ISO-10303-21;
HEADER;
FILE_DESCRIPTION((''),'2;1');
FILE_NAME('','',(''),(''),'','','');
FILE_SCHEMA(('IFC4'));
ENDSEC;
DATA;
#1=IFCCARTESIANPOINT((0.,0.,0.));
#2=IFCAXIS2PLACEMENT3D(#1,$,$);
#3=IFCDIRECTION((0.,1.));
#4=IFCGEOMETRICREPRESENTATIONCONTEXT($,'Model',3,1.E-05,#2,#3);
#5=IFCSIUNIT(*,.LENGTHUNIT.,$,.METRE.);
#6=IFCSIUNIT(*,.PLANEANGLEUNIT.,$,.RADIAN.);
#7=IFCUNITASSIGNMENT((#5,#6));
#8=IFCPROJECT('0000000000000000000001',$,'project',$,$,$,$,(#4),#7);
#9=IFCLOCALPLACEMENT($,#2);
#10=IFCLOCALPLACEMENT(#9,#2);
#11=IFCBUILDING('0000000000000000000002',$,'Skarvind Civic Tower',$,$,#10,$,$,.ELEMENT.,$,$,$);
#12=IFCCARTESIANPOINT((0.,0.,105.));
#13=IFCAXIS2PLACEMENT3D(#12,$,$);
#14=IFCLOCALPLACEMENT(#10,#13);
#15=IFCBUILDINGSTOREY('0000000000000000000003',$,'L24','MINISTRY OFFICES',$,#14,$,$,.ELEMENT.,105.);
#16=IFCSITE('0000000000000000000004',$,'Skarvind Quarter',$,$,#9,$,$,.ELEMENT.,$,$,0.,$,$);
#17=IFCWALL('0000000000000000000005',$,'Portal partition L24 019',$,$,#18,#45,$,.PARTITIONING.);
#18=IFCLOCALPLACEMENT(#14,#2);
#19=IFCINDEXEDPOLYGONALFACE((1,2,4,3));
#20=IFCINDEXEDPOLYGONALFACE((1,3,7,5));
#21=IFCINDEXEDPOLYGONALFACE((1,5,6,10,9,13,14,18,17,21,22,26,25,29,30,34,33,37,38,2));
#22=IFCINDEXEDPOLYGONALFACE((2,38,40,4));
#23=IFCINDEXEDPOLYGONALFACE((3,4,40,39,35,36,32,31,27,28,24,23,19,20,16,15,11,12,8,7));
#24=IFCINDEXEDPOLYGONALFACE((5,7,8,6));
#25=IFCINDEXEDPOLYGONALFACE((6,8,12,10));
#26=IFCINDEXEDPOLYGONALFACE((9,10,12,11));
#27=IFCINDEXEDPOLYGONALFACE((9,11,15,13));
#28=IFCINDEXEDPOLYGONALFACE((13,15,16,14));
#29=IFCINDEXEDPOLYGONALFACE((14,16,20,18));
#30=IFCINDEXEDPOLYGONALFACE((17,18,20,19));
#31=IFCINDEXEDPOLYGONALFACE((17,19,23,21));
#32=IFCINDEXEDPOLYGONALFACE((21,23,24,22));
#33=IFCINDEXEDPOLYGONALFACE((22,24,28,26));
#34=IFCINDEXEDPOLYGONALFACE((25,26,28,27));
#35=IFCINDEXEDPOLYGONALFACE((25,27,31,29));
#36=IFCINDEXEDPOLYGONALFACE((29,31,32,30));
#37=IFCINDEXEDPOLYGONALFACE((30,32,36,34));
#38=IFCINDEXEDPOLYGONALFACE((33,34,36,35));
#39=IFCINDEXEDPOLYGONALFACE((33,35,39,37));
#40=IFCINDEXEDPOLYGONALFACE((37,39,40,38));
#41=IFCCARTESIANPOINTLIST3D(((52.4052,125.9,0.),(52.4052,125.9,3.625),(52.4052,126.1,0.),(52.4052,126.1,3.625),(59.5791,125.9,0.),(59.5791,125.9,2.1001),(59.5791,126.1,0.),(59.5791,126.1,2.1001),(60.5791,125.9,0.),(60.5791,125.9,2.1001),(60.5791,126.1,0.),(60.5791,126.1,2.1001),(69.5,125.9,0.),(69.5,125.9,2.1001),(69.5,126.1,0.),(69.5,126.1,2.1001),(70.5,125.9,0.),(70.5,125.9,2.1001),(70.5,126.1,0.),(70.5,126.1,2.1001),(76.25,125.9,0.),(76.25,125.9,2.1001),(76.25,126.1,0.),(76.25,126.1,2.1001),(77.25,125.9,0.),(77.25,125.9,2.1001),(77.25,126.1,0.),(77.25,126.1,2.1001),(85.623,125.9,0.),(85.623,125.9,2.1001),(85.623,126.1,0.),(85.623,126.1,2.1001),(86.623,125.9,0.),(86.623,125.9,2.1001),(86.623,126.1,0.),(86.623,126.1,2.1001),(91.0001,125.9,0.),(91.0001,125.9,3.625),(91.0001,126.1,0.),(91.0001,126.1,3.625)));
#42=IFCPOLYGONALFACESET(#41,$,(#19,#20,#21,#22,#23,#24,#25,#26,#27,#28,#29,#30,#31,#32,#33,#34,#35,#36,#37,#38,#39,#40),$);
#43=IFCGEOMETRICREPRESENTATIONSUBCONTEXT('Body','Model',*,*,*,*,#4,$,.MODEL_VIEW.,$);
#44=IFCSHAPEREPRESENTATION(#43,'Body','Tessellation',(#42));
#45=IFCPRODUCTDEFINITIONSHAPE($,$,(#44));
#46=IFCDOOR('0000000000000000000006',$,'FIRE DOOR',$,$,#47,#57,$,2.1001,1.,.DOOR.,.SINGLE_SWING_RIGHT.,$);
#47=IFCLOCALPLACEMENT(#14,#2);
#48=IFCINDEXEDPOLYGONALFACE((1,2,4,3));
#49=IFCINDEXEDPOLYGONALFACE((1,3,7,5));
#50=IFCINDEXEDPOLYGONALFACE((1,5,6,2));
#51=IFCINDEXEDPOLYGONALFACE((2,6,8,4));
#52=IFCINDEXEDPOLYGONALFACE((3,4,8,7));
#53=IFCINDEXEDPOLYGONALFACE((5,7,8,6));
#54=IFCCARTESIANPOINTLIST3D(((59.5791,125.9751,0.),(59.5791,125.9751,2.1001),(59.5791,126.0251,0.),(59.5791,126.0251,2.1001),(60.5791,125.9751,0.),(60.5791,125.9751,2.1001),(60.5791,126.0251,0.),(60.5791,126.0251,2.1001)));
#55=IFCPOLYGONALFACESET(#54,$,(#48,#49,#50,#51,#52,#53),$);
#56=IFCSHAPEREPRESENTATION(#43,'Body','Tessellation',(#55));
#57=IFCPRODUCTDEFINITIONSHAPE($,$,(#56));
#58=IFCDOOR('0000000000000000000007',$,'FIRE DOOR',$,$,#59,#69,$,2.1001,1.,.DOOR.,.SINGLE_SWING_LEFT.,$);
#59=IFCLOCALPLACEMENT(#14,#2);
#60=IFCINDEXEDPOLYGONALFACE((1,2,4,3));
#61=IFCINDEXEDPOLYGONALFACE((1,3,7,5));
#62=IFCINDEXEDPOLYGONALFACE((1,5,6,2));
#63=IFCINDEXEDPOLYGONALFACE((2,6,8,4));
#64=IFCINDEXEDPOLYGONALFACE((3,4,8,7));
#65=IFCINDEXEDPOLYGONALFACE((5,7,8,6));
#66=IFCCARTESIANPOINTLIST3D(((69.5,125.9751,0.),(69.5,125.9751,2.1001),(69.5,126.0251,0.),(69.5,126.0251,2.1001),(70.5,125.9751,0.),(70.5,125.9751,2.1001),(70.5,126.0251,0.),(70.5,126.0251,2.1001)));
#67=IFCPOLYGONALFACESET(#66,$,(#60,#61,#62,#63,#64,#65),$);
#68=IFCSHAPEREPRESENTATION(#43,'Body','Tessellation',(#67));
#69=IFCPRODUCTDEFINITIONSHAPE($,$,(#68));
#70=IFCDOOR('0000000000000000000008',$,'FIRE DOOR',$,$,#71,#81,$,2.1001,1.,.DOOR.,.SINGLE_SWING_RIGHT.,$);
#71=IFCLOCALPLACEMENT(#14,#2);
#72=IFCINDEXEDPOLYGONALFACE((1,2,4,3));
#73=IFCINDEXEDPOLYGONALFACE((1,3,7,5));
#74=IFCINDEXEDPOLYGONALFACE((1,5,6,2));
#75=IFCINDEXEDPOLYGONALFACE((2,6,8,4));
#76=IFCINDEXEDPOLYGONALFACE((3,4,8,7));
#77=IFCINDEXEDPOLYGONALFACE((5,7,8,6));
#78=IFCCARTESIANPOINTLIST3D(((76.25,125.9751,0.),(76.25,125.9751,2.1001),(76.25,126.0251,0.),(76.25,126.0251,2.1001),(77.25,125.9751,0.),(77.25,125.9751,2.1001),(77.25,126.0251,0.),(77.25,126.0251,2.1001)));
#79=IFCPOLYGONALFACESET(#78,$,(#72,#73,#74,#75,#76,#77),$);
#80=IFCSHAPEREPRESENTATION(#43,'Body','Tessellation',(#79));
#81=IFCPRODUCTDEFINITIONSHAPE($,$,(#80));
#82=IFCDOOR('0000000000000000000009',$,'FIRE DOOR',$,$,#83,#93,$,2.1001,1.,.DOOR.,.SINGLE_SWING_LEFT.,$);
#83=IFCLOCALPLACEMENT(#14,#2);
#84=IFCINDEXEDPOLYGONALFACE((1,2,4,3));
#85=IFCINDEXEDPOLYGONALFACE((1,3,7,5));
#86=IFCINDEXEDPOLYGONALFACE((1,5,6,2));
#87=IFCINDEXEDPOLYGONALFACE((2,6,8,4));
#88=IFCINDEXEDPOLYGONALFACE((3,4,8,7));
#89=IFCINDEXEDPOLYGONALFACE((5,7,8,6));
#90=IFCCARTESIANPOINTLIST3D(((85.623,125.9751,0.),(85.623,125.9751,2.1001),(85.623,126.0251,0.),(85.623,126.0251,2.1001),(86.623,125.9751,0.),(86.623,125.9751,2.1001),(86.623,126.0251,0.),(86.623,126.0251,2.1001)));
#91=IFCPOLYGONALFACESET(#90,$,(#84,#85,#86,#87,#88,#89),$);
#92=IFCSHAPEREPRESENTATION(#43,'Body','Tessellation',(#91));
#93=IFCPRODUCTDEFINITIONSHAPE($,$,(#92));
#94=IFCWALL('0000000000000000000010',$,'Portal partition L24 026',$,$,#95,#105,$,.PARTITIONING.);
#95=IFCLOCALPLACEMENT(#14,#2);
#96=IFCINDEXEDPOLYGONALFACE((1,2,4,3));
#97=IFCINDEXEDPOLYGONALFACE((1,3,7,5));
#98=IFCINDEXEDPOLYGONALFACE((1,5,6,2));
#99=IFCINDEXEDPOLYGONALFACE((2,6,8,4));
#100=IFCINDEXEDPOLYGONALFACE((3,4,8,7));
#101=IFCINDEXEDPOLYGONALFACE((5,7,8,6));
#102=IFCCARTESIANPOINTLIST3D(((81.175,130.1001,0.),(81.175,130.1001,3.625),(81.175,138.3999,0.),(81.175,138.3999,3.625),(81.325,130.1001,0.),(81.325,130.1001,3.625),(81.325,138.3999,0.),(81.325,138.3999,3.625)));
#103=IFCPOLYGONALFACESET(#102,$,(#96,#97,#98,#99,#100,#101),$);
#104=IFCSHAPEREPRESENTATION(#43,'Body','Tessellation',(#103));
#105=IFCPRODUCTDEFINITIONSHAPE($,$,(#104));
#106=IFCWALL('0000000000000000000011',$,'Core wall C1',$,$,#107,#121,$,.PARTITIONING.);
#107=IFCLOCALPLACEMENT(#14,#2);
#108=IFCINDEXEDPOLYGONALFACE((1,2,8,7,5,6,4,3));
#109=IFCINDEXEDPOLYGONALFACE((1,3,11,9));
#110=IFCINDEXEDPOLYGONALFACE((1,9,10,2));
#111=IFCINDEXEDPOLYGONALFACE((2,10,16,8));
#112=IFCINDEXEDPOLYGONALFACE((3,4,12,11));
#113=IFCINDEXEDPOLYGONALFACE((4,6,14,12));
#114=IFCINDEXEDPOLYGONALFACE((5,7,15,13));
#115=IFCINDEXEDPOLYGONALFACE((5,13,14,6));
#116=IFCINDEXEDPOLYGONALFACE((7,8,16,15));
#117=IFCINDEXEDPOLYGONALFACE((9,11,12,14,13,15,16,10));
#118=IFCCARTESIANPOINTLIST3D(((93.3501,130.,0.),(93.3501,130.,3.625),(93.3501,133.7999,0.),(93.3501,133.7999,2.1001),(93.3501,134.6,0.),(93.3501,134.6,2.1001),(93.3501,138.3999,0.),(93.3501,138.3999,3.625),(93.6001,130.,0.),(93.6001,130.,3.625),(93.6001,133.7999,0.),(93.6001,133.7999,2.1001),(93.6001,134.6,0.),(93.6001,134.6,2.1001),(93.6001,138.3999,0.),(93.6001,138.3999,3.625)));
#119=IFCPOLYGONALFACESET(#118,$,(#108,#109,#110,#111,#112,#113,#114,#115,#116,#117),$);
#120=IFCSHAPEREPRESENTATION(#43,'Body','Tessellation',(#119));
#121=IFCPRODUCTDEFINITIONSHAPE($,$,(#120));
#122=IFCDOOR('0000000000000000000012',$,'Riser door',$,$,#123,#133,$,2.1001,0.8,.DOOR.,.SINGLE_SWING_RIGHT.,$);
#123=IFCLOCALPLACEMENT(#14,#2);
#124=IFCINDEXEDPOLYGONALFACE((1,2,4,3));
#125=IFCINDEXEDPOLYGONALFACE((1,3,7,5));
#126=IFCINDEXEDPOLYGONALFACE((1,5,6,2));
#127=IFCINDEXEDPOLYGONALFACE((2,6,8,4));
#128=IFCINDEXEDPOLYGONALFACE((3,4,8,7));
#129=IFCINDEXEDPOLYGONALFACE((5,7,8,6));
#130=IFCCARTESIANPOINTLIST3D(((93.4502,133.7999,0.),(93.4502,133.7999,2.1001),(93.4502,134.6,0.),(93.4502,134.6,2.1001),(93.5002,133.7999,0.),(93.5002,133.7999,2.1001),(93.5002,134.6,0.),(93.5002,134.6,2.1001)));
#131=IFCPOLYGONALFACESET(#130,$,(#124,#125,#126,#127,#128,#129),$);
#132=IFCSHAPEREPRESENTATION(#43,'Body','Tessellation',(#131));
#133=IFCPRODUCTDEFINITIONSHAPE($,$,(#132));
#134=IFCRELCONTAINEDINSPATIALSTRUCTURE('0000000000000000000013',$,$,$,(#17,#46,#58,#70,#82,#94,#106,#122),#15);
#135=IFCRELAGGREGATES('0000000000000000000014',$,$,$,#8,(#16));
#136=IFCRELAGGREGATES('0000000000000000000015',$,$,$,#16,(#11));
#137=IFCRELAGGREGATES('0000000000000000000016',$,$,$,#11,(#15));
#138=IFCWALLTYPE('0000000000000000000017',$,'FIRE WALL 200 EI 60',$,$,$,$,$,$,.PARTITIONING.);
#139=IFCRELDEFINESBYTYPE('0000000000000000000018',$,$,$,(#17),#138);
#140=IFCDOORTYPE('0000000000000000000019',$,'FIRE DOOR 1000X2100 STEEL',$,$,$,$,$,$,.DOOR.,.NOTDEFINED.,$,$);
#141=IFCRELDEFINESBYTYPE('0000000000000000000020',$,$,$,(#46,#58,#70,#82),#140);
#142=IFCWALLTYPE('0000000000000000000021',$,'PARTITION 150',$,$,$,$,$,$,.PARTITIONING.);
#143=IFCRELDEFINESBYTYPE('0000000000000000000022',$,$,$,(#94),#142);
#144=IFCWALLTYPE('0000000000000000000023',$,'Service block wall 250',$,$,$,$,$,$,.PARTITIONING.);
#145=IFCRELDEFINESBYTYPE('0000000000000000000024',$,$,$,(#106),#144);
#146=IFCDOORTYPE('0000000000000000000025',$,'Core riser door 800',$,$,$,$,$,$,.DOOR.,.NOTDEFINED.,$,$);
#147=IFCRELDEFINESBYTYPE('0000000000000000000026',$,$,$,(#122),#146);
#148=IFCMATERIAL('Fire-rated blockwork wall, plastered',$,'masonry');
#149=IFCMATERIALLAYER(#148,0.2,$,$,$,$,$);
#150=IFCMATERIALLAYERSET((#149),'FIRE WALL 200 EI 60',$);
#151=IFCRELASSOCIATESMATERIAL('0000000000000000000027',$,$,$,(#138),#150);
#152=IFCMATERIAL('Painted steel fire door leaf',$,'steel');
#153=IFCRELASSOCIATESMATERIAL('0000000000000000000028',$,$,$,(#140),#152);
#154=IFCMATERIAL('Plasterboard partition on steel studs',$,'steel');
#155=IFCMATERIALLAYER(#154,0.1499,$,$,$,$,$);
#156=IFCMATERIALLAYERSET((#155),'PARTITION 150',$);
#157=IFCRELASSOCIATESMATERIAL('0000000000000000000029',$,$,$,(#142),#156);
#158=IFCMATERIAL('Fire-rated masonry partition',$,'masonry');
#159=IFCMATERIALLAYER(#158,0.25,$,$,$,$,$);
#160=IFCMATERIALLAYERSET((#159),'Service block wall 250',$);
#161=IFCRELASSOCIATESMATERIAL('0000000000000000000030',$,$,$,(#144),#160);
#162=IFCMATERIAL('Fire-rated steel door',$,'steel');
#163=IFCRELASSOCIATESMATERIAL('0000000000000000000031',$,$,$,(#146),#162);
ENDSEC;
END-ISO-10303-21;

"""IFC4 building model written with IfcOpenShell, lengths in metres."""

from ifc_helpers import new_model, si_unit, direction, frame, frame_2d, origin, place, context, subcontext, project, spatial, rectangle, extrude, material, layer, layer_set, type_object, element, fill, save


model = new_model("IFC4")

# Units and contexts
model_context = context("Model", 3, precision=1e-05, world=origin(), true_north=direction((0.0, 1.0)))
body_context = subcontext(model_context, "Body", "Model", "MODEL_VIEW")
ifc_project = project(units=[si_unit("LENGTHUNIT", "METRE"), si_unit("PLANEANGLEUNIT", "RADIAN")], contexts=[model_context])

# Site, building, storey
site_placement = place(None, origin())
site = spatial("IfcSite", under=ifc_project, at=site_placement, Name="Skarvind Quarter", CompositionType="ELEMENT", RefElevation=0.0)
building_placement = place(site_placement, origin())
building = spatial("IfcBuilding", under=site, at=building_placement, Name="Skarvind Civic Tower", CompositionType="ELEMENT")
storey_placement = place(building_placement, frame((0.0, 0.0, 105.0)))
storey = spatial("IfcBuildingStorey", under=building, at=storey_placement, Name="L24", Description="MINISTRY OFFICES", CompositionType="ELEMENT", Elevation=105.0)

# Shared definitions
ifc_material_1 = material(Name="Fire-rated masonry partition", Category="masonry")
ifc_material_2 = material(Name="Fire-rated steel door", Category="steel")

# Wall, openings, doors
ifc_material_3 = material(Name="Fire-rated blockwork wall, plastered", Category="masonry")
ifc_layer_1 = layer(ifc_material_3, 0.2)
ifc_layer_set_1 = layer_set([ifc_layer_1], Name="FIRE WALL 200 EI 60")
wall_type_1 = type_object("IfcWallType", Name="FIRE WALL 200 EI 60", PredefinedType="PARTITIONING", material=ifc_layer_set_1)
wall_1_placement = place(storey_placement, frame((91.0, 126.0, 0.0), z_axis=(0.0, 0.0, 1.0), x_axis=(-1.0, 0.0, 0.0)))
wall_1 = element("IfcWall", 1, at=wall_1_placement, inside=storey, type_object=wall_type_1, Name="Portal partition L24 019", PredefinedType="PARTITIONING", context=body_context, shape_type="SweptSolid", body=[
    extrude(rectangle(XDim=38.595, YDim=0.2, at=frame_2d((19.2974, 0.0))), origin(), (0.0, 0.0, 1.0), 3.625),
])
opening_1_placement = place(wall_1_placement, frame((30.4209, 0.0, 0.0)))
opening_1 = element("IfcOpeningElement", 2, at=opening_1_placement, cuts=wall_1, PredefinedType="OPENING", context=body_context, shape_type="SweptSolid", body=[
    extrude(rectangle(XDim=1.0, YDim=2.1001, at=frame_2d((0.5, 1.05))), frame((0.0, 0.1099, 0.0), z_axis=(0.0, -1.0, 0.0), x_axis=(1.0, 0.0, 0.0)), (0.0, 0.0, 1.0), 0.22),
])
opening_2_placement = place(wall_1_placement, frame((20.5, 0.0, 0.0)))
opening_2 = element("IfcOpeningElement", 3, at=opening_2_placement, cuts=wall_1, PredefinedType="OPENING", context=body_context, shape_type="SweptSolid", body=[
    extrude(rectangle(XDim=1.0, YDim=2.1001, at=frame_2d((0.5, 1.05))), frame((0.0, 0.1099, 0.0), z_axis=(0.0, -1.0, 0.0), x_axis=(1.0, 0.0, 0.0)), (0.0, 0.0, 1.0), 0.22),
])
opening_3_placement = place(wall_1_placement, frame((13.75, 0.0, 0.0)))
opening_3 = element("IfcOpeningElement", 4, at=opening_3_placement, cuts=wall_1, PredefinedType="OPENING", context=body_context, shape_type="SweptSolid", body=[
    extrude(rectangle(XDim=1.0, YDim=2.1001, at=frame_2d((0.5, 1.05))), frame((0.0, 0.1099, 0.0), z_axis=(0.0, -1.0, 0.0), x_axis=(1.0, 0.0, 0.0)), (0.0, 0.0, 1.0), 0.22),
])
opening_4_placement = place(wall_1_placement, frame((4.377, 0.0, 0.0)))
opening_4 = element("IfcOpeningElement", 5, at=opening_4_placement, cuts=wall_1, PredefinedType="OPENING", context=body_context, shape_type="SweptSolid", body=[
    extrude(rectangle(XDim=1.0, YDim=2.1001, at=frame_2d((0.5, 1.05))), frame((0.0, 0.1099, 0.0), z_axis=(0.0, -1.0, 0.0), x_axis=(1.0, 0.0, 0.0)), (0.0, 0.0, 1.0), 0.22),
])
ifc_material_4 = material(Name="Painted steel fire door leaf", Category="steel")
door_type_1 = type_object("IfcDoorType", Name="FIRE DOOR 1000X2100 STEEL", OperationType="NOTDEFINED", PredefinedType="DOOR", material=ifc_material_4)
door_1_placement = place(opening_1_placement, origin())
door_1 = element("IfcDoor", 6, at=door_1_placement, inside=storey, type_object=door_type_1, Name="FIRE DOOR", OperationType="SINGLE_SWING_RIGHT", OverallHeight=2.1001, OverallWidth=1.0, PredefinedType="DOOR", context=body_context, shape_type="SweptSolid", body=[
    extrude(rectangle(XDim=1.0, YDim=2.1001, at=frame_2d((0.5, 1.05))), frame((0.0, 0.0249, 0.0), z_axis=(0.0, -1.0, 0.0), x_axis=(1.0, 0.0, 0.0)), (0.0, 0.0, 1.0), 0.05),
])
fill(opening_1, door_1)
door_2_placement = place(opening_2_placement, origin())
door_2 = element("IfcDoor", 7, at=door_2_placement, inside=storey, type_object=door_type_1, Name="FIRE DOOR", OperationType="SINGLE_SWING_LEFT", OverallHeight=2.1001, OverallWidth=1.0, PredefinedType="DOOR", context=body_context, shape_type="SweptSolid", body=[
    extrude(rectangle(XDim=1.0, YDim=2.1001, at=frame_2d((0.5, 1.05))), frame((0.0, 0.0249, 0.0), z_axis=(0.0, -1.0, 0.0), x_axis=(1.0, 0.0, 0.0)), (0.0, 0.0, 1.0), 0.05),
])
fill(opening_2, door_2)
door_3_placement = place(opening_3_placement, origin())
door_3 = element("IfcDoor", 8, at=door_3_placement, inside=storey, type_object=door_type_1, Name="FIRE DOOR", OperationType="SINGLE_SWING_RIGHT", OverallHeight=2.1001, OverallWidth=1.0, PredefinedType="DOOR", context=body_context, shape_type="SweptSolid", body=[
    extrude(rectangle(XDim=1.0, YDim=2.1001, at=frame_2d((0.5, 1.05))), frame((0.0, 0.0249, 0.0), z_axis=(0.0, -1.0, 0.0), x_axis=(1.0, 0.0, 0.0)), (0.0, 0.0, 1.0), 0.05),
])
fill(opening_3, door_3)
door_4_placement = place(opening_4_placement, origin())
door_4 = element("IfcDoor", 9, at=door_4_placement, inside=storey, type_object=door_type_1, Name="FIRE DOOR", OperationType="SINGLE_SWING_LEFT", OverallHeight=2.1001, OverallWidth=1.0, PredefinedType="DOOR", context=body_context, shape_type="SweptSolid", body=[
    extrude(rectangle(XDim=1.0, YDim=2.1001, at=frame_2d((0.5, 1.05))), frame((0.0, 0.0249, 0.0), z_axis=(0.0, -1.0, 0.0), x_axis=(1.0, 0.0, 0.0)), (0.0, 0.0, 1.0), 0.05),
])
fill(opening_4, door_4)

# Wall
ifc_material_5 = material(Name="Plasterboard partition on steel studs", Category="steel")
ifc_layer_2 = layer(ifc_material_5, 0.1499)
ifc_layer_set_2 = layer_set([ifc_layer_2], Name="PARTITION 150")
wall_type_2 = type_object("IfcWallType", Name="PARTITION 150", PredefinedType="PARTITIONING", material=ifc_layer_set_2)
wall_2_placement = place(storey_placement, frame((81.25, 130.1001, 0.0), z_axis=(0.0, 0.0, 1.0), x_axis=(0.0, 1.0, 0.0)))
element("IfcWall", 10, at=wall_2_placement, inside=storey, type_object=wall_type_2, Name="Portal partition L24 026", PredefinedType="PARTITIONING", context=body_context, shape_type="SweptSolid", body=[
    extrude(rectangle(XDim=8.2998, YDim=0.1499, at=frame_2d((4.1499, 0.0))), origin(), (0.0, 0.0, 1.0), 3.625),
])

# Wall, opening, door
ifc_layer_3 = layer(ifc_material_1, 0.25)
ifc_layer_set_3 = layer_set([ifc_layer_3], Name="Service block wall 250")
wall_type_3 = type_object("IfcWallType", Name="Service block wall 250", PredefinedType="PARTITIONING", material=ifc_layer_set_3)
wall_3_placement = place(storey_placement, frame((93.4751, 130.0, 0.0), z_axis=(0.0, 0.0, 1.0), x_axis=(0.0, 1.0, 0.0)))
wall_3 = element("IfcWall", 11, at=wall_3_placement, inside=storey, type_object=wall_type_3, Name="Core wall C1", PredefinedType="PARTITIONING", context=body_context, shape_type="SweptSolid", body=[
    extrude(rectangle(XDim=8.3999, YDim=0.25, at=frame_2d((4.2, 0.0))), origin(), (0.0, 0.0, 1.0), 3.625),
])
opening_5_placement = place(wall_3_placement, frame((3.8, 0.0, 0.0)))
opening_5 = element("IfcOpeningElement", 12, at=opening_5_placement, cuts=wall_3, PredefinedType="OPENING", context=body_context, shape_type="SweptSolid", body=[
    extrude(rectangle(XDim=0.8, YDim=2.1001, at=frame_2d((0.3999, 1.05))), frame((0.0, 0.135, 0.0), z_axis=(0.0, -1.0, 0.0), x_axis=(1.0, 0.0, 0.0)), (0.0, 0.0, 1.0), 0.27),
])
door_type_2 = type_object("IfcDoorType", Name="Core riser door 800", OperationType="NOTDEFINED", PredefinedType="DOOR", material=ifc_material_2)
door_5_placement = place(opening_5_placement, origin())
door_5 = element("IfcDoor", 13, at=door_5_placement, inside=storey, type_object=door_type_2, Name="Riser door", OperationType="SINGLE_SWING_RIGHT", OverallHeight=2.1001, OverallWidth=0.8, PredefinedType="DOOR", context=body_context, shape_type="SweptSolid", body=[
    extrude(rectangle(XDim=0.8, YDim=2.1001, at=frame_2d((0.3999, 1.05))), frame((0.0, 0.0249, 0.0), z_axis=(0.0, -1.0, 0.0), x_axis=(1.0, 0.0, 0.0)), (0.0, 0.0, 1.0), 0.05),
])
fill(opening_5, door_5)

save(model, "model.ifc")
